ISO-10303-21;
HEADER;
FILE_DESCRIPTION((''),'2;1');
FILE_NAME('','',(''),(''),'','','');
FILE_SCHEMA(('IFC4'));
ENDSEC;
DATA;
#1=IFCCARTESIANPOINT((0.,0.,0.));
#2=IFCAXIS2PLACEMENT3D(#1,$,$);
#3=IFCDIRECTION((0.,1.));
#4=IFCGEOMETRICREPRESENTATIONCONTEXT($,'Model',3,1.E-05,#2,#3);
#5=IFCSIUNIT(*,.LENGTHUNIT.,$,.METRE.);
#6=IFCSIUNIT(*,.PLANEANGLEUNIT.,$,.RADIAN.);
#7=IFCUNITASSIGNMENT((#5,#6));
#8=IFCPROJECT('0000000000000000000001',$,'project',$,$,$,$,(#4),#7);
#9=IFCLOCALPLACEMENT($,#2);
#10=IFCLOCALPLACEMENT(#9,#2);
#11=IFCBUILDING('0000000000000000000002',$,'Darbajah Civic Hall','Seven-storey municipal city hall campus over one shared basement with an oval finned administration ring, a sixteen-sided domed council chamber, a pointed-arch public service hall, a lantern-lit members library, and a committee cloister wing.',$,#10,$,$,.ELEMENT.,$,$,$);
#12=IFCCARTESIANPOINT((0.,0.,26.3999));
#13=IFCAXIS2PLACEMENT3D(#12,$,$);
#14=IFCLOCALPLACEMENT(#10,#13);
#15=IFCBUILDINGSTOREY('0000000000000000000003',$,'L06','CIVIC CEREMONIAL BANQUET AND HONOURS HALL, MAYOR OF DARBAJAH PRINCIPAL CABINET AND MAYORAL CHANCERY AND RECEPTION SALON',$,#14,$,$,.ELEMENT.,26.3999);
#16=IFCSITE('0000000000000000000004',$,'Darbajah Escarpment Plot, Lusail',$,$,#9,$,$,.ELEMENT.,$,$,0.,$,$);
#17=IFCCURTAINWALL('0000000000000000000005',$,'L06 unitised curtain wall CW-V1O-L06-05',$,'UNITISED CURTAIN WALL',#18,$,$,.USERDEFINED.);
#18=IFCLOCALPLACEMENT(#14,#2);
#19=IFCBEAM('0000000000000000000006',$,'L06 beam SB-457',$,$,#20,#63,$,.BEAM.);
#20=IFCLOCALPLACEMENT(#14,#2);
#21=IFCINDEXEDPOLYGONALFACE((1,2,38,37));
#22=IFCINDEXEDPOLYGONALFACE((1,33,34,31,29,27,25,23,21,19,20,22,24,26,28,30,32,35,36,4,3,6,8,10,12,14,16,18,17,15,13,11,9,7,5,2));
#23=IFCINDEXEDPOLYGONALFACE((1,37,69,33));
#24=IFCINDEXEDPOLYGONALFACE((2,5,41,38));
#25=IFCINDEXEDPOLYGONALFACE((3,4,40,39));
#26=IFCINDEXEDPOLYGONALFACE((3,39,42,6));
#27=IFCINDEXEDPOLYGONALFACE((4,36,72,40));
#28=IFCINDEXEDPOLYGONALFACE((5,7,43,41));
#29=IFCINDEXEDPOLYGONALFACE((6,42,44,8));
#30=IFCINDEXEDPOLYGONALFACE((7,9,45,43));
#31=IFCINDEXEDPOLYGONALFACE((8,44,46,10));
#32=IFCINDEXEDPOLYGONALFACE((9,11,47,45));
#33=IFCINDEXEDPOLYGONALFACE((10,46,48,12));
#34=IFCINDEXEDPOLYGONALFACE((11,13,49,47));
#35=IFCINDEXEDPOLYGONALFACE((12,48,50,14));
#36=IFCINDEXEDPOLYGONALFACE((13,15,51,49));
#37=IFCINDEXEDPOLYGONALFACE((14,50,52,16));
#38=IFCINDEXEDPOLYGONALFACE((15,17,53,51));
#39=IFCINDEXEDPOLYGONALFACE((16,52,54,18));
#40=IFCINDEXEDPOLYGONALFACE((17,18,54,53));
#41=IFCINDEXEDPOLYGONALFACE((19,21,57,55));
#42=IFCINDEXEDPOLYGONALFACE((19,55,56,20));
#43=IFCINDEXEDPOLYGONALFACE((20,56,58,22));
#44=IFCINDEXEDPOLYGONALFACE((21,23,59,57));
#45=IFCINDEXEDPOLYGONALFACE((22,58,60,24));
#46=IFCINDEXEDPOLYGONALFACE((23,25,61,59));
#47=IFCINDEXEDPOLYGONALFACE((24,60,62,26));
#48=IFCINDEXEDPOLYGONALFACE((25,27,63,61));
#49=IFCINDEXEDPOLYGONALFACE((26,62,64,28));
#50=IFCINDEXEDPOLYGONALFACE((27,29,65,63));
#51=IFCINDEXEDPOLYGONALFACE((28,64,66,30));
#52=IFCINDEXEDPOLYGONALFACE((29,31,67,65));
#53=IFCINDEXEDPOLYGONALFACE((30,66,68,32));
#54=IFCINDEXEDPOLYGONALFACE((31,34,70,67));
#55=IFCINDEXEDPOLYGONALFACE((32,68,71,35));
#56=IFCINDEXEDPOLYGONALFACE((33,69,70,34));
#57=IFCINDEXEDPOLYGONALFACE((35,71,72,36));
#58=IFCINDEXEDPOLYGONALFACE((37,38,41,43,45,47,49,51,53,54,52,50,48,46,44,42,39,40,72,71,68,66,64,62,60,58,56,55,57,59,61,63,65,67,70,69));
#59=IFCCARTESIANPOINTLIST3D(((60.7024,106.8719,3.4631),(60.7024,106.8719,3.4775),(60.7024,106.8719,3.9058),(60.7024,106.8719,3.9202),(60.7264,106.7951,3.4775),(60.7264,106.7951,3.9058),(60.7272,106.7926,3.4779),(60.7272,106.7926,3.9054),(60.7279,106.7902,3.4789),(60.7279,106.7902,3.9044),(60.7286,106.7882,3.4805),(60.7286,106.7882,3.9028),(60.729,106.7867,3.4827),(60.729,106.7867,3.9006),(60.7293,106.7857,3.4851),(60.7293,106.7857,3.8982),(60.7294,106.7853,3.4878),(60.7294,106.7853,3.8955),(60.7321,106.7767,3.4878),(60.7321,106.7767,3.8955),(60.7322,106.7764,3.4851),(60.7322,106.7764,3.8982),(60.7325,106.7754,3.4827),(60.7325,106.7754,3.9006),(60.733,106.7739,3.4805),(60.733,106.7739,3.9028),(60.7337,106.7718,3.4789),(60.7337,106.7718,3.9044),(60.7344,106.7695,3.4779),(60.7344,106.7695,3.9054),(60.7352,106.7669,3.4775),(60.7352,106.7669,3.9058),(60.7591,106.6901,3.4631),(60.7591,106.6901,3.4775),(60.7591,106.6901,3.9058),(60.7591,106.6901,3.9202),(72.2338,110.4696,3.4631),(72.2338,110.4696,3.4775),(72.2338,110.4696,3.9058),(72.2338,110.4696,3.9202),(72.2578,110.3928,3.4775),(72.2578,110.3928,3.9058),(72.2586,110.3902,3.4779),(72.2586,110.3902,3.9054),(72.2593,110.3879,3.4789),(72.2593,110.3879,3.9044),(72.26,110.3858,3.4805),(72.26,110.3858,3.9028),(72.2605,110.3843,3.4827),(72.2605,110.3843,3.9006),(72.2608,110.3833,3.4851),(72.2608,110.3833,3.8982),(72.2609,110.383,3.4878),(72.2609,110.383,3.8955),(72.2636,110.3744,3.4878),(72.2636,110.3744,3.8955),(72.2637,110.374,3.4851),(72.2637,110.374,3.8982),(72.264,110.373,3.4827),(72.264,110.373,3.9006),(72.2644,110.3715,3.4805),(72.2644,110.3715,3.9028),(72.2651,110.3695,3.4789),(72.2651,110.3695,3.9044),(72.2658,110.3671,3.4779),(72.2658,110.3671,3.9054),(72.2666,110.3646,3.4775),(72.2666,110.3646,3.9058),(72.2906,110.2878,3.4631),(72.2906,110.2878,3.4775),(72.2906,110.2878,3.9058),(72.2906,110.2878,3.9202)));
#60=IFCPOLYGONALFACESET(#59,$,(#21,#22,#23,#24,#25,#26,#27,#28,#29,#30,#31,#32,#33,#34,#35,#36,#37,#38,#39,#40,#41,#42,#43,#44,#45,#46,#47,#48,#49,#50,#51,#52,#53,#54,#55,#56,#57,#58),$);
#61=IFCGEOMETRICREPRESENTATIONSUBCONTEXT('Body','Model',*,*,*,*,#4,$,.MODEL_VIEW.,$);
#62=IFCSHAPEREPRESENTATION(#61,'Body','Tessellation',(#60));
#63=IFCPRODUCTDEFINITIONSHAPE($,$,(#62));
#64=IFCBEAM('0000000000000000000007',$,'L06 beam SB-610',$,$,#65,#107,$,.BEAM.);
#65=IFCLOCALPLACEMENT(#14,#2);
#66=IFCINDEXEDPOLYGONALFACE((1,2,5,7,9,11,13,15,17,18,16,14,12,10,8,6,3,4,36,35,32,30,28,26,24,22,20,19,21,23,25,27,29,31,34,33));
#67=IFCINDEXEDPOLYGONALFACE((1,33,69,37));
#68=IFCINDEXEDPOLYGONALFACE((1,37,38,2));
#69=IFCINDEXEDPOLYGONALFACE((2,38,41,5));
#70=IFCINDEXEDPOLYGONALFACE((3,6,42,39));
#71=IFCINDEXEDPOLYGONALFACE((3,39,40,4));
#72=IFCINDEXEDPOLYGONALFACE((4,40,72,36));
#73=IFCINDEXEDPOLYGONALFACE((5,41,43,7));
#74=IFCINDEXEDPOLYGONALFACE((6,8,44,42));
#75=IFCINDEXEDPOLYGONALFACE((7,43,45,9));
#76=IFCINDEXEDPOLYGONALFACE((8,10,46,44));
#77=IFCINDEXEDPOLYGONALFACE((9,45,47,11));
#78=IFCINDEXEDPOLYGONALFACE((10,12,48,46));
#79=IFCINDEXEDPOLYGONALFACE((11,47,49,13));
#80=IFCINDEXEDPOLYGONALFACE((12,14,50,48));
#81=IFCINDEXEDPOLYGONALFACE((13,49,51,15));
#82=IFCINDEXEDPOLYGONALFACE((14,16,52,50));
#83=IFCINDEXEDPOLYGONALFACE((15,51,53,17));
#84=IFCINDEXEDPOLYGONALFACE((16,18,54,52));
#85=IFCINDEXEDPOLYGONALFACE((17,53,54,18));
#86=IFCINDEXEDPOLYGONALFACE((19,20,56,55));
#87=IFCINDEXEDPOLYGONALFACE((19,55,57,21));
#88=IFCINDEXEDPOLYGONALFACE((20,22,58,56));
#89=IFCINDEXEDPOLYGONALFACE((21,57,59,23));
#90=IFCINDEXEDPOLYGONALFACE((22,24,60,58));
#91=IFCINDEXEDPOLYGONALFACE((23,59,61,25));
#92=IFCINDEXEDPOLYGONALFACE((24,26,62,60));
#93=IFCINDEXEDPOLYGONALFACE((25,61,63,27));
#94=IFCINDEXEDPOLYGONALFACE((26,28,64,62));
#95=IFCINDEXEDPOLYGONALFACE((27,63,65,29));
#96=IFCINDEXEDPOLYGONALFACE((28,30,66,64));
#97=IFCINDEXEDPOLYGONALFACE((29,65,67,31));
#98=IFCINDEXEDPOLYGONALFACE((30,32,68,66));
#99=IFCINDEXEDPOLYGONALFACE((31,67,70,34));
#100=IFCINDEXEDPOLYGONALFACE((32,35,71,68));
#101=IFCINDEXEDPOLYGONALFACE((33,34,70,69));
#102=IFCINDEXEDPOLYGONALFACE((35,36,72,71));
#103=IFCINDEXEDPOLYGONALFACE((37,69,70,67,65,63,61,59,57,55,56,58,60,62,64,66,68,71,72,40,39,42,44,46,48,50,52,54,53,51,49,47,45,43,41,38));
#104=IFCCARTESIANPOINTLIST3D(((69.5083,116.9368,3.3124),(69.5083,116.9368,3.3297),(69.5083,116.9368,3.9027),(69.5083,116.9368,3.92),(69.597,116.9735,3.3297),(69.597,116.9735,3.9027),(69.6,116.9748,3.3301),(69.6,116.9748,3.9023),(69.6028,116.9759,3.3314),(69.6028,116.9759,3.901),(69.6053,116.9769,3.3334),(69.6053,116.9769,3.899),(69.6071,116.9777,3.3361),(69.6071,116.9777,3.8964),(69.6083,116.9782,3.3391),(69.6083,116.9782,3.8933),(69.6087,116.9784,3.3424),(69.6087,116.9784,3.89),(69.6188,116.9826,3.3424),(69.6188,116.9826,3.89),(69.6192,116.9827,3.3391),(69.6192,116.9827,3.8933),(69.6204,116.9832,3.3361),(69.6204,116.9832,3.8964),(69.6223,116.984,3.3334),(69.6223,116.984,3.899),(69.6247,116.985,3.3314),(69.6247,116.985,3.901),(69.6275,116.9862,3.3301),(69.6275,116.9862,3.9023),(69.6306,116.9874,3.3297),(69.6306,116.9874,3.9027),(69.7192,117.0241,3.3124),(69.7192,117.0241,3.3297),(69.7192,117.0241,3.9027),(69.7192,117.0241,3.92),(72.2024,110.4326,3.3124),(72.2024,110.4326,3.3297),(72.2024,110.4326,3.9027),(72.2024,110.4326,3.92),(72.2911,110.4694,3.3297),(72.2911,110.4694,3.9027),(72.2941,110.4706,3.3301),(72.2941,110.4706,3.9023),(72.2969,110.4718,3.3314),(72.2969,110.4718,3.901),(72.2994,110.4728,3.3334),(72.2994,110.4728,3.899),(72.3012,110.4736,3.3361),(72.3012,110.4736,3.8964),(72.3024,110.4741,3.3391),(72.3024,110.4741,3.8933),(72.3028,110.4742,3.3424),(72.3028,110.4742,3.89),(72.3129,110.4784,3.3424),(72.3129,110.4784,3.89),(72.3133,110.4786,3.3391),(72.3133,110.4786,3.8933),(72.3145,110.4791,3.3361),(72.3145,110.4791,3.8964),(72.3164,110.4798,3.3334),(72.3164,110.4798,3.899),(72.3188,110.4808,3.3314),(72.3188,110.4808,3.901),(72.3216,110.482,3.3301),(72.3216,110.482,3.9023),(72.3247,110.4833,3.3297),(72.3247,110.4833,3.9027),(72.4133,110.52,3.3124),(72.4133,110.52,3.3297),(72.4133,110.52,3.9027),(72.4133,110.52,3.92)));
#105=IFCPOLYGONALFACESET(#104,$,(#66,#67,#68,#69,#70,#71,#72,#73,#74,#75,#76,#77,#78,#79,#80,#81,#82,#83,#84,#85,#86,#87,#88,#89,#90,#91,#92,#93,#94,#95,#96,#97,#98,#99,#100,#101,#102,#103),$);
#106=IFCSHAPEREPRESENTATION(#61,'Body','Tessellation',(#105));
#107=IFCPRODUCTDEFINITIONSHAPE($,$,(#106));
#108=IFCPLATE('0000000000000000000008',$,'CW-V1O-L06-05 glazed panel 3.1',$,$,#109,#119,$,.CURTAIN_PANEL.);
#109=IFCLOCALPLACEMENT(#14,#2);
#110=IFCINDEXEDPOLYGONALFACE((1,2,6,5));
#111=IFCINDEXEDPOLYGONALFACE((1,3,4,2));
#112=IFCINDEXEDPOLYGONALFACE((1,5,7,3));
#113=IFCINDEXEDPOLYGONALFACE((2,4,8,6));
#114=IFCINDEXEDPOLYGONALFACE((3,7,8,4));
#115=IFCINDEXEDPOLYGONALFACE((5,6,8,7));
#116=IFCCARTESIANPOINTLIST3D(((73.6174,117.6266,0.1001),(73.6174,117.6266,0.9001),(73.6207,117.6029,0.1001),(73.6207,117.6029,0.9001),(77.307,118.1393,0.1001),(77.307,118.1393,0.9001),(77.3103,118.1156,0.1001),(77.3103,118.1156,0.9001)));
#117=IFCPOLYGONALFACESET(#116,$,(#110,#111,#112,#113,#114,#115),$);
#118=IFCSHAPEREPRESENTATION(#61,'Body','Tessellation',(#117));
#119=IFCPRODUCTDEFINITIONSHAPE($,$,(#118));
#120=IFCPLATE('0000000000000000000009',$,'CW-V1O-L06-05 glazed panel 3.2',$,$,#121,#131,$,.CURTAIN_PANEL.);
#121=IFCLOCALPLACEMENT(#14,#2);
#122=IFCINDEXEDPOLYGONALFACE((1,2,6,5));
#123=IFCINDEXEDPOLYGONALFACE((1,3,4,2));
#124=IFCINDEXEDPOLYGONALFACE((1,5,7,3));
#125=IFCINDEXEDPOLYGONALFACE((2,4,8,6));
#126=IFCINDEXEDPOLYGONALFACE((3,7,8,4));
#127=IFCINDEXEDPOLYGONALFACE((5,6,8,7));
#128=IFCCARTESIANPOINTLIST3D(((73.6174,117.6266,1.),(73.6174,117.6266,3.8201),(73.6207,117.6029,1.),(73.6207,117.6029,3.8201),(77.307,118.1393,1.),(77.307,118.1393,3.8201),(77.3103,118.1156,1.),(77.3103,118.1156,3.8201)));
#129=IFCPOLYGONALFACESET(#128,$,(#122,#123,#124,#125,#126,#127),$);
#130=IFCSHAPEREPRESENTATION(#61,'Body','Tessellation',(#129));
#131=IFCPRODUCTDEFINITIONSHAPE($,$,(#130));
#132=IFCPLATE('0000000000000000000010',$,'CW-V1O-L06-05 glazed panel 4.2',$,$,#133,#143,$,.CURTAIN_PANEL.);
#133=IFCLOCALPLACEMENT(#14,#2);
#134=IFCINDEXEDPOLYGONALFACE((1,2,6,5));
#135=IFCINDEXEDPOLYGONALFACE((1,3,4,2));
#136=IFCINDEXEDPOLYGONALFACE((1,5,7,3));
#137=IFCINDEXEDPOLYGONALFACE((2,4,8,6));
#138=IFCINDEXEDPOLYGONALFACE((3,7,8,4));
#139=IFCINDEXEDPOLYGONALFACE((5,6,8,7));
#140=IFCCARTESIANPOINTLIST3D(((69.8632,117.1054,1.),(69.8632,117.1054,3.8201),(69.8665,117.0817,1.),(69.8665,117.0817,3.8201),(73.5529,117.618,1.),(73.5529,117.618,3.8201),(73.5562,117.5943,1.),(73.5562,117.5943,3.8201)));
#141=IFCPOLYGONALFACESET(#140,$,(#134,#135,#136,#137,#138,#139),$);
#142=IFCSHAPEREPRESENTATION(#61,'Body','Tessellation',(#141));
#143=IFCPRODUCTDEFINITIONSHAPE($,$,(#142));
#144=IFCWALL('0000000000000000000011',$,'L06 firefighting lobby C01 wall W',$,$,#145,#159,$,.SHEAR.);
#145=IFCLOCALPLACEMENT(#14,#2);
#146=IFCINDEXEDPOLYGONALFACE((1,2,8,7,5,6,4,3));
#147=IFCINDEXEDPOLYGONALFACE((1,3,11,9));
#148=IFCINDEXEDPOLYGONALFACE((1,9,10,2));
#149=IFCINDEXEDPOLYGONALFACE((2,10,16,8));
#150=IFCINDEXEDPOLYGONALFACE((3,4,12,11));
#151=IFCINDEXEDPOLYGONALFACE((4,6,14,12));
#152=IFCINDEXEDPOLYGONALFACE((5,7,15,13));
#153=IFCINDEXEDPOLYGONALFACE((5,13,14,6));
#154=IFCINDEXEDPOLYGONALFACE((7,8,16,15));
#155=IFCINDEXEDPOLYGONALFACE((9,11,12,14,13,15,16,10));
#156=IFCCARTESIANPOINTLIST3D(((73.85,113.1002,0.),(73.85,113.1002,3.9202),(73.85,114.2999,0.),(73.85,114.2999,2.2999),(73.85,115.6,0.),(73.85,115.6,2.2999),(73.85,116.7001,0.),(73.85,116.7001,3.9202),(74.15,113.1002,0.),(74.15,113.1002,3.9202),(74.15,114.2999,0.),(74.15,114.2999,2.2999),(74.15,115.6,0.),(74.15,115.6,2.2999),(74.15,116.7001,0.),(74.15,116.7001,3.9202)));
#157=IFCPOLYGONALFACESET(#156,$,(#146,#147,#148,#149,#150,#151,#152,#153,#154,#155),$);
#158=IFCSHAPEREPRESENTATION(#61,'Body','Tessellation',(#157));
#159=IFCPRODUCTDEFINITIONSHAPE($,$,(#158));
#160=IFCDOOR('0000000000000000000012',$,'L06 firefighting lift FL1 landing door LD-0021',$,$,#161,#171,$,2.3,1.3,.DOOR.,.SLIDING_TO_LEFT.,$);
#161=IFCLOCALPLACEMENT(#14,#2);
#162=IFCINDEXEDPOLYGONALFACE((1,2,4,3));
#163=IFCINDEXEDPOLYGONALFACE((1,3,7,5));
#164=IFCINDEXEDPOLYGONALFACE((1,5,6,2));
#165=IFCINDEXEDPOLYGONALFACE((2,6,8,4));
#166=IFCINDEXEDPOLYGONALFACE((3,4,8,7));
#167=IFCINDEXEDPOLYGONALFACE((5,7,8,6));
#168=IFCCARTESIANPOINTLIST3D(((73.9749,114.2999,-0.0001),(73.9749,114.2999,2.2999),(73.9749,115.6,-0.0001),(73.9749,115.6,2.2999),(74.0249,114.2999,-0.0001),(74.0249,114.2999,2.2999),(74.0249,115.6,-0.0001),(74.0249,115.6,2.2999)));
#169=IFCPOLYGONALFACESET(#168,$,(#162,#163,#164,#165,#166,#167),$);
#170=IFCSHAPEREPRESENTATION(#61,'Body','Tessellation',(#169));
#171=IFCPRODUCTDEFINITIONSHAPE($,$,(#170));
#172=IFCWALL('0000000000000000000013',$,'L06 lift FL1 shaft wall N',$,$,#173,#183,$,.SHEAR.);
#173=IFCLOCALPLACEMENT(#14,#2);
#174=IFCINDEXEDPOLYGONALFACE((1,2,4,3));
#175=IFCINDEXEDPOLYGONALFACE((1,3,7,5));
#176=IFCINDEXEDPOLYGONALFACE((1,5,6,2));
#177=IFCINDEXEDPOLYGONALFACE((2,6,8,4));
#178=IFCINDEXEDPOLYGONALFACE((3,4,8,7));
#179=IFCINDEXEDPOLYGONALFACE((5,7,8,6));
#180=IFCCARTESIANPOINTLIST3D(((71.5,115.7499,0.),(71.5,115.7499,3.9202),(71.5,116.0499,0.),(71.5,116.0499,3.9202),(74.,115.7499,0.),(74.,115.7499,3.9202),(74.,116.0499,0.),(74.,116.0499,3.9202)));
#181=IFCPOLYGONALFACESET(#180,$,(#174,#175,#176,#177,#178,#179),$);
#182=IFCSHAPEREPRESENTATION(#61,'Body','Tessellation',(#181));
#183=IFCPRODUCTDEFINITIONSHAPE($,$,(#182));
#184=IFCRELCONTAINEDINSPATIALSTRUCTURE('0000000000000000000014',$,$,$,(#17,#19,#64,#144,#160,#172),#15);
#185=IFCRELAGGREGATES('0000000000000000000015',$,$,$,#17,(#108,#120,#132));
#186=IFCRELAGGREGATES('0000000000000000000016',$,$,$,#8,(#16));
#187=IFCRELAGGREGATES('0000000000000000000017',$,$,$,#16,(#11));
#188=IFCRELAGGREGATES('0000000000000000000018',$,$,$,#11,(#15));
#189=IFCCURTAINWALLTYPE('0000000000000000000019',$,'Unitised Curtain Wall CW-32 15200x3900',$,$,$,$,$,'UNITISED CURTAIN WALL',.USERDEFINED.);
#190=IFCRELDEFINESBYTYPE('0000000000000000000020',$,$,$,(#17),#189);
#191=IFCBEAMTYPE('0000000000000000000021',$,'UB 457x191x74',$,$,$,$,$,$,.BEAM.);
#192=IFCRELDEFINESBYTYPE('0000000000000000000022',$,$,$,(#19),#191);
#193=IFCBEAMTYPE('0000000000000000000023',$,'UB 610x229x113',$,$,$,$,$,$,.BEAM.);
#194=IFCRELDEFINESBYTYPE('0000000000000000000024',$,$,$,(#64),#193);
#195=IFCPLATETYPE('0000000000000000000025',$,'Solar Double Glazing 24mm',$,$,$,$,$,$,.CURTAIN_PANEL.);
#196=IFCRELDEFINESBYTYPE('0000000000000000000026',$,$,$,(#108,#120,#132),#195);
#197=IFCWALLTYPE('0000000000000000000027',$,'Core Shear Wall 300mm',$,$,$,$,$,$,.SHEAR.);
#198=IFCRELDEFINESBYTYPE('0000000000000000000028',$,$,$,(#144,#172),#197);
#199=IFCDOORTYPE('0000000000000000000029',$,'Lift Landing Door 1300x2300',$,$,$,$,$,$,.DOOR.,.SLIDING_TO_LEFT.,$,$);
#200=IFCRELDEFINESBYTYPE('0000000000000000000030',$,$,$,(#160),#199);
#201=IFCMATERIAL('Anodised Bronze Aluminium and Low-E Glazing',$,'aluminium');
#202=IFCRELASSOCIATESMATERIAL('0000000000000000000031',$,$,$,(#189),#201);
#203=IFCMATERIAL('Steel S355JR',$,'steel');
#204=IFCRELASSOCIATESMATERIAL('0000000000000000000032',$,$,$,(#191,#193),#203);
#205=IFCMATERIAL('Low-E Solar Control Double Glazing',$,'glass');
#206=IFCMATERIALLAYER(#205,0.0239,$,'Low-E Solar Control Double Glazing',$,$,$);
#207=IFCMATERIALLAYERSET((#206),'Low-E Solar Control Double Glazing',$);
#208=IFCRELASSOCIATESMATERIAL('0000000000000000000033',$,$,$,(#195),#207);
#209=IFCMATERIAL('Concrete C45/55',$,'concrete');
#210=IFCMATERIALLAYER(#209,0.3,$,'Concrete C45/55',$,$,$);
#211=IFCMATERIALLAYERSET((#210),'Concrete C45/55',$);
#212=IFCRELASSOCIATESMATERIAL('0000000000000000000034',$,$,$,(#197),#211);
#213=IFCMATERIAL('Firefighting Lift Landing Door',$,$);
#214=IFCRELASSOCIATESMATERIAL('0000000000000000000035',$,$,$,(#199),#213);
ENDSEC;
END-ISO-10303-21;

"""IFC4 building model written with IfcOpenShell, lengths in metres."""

from ifc_helpers import new_model, si_unit, direction, frame, frame_2d, origin, origin_2d, place, context, subcontext, project, spatial, rectangle, i_section, extrude, material, layer, layer_set, material_profile, profile_set, type_object, element, fill, aggregate, save


model = new_model("IFC4")

# Units and contexts
model_context = context("Model", 3, precision=1e-05, world=origin(), true_north=direction((0.0, 1.0)))
body_context = subcontext(model_context, "Body", "Model", "MODEL_VIEW")
ifc_project = project(units=[si_unit("LENGTHUNIT", "METRE"), si_unit("PLANEANGLEUNIT", "RADIAN")], contexts=[model_context])

# Site, building, storey
site_placement = place(None, origin())
site = spatial("IfcSite", under=ifc_project, at=site_placement, Name="Darbajah Escarpment Plot, Lusail", CompositionType="ELEMENT", RefElevation=0.0)
building_placement = place(site_placement, origin())
building = spatial("IfcBuilding", under=site, at=building_placement, Name="Darbajah Civic Hall", Description="Seven-storey municipal city hall campus over one shared basement with an oval finned administration ring, a sixteen-sided domed council chamber, a pointed-arch public service hall, a lantern-lit members library, and a committee cloister wing.", CompositionType="ELEMENT")
storey_placement = place(building_placement, frame((0.0, 0.0, 26.3999)))
storey = spatial("IfcBuildingStorey", under=building, at=storey_placement, Name="L06", Description="CIVIC CEREMONIAL BANQUET AND HONOURS HALL, MAYOR OF DARBAJAH PRINCIPAL CABINET AND MAYORAL CHANCERY AND RECEPTION SALON", CompositionType="ELEMENT", Elevation=26.3999)

# Shared definitions
ifc_material_1 = material(Name="Concrete C45/55", Category="concrete")

# Curtain wall
ifc_material_2 = material(Name="Anodised Bronze Aluminium and Low-E Glazing", Category="aluminium")
curtain_wall_type_1 = type_object("IfcCurtainWallType", Name="Unitised Curtain Wall CW-32 15200x3900", ElementType="UNITISED CURTAIN WALL", PredefinedType="USERDEFINED", material=ifc_material_2)
curtain_wall_1_placement = place(storey_placement, origin())
curtain_wall_1 = element("IfcCurtainWall", 1, at=curtain_wall_1_placement, inside=storey, type_object=curtain_wall_type_1, Name="L06 unitised curtain wall CW-V1O-L06-05", ObjectType="UNITISED CURTAIN WALL", PredefinedType="USERDEFINED")

# Beams
ifc_material_3 = material(Name="Steel S355JR", Category="steel")
ifc_material_profile_1 = material_profile(ifc_material_3, i_section(OverallWidth=0.1904, OverallDepth=0.457, WebThickness=0.009, FlangeThickness=0.0144, FilletRadius=0.0103, at=origin_2d()), Name="UB 457x191x74")
ifc_profile_set_1 = profile_set([ifc_material_profile_1], Name="Steel S355JR")
beam_type_1 = type_object("IfcBeamType", Name="UB 457x191x74", PredefinedType="BEAM", material=ifc_profile_set_1)
beam_1_placement = place(storey_placement, frame((72.2622, 110.3787, 3.6917), z_axis=(-0.95462, -0.297827, 0.0), x_axis=(0.297827, -0.95462, 0.0)))
element("IfcBeam", 2, at=beam_1_placement, inside=storey, type_object=beam_type_1, Name="L06 beam SB-457", PredefinedType="BEAM", context=body_context, shape_type="SweptSolid", body=[
    extrude(i_section(OverallWidth=0.1904, OverallDepth=0.457, WebThickness=0.009, FlangeThickness=0.0144, FilletRadius=0.0103, at=origin_2d()), origin(), (0.0, 0.0, 1.0), 12.0796),
])
ifc_material_profile_2 = material_profile(ifc_material_3, i_section(OverallWidth=0.2283, OverallDepth=0.6077, WebThickness=0.011, FlangeThickness=0.0173, FilletRadius=0.0127, at=origin_2d()), Name="UB 610x229x113")
ifc_profile_set_2 = profile_set([ifc_material_profile_2], Name="Steel S355JR")
beam_type_2 = type_object("IfcBeamType", Name="UB 610x229x113", PredefinedType="BEAM", material=ifc_profile_set_2)
beam_2_placement = place(storey_placement, frame((72.3079, 110.4763, 3.6162), z_axis=(-0.382682, 0.92388, 0.0), x_axis=(-0.92388, -0.382682, 0.0)))
element("IfcBeam", 3, at=beam_2_placement, inside=storey, type_object=beam_type_2, Name="L06 beam SB-610", PredefinedType="BEAM", context=body_context, shape_type="SweptSolid", body=[
    extrude(i_section(OverallWidth=0.2283, OverallDepth=0.6077, WebThickness=0.011, FlangeThickness=0.0173, FilletRadius=0.0127, at=origin_2d()), origin(), (0.0, 0.0, 1.0), 7.04),
])

# Plates
ifc_material_4 = material(Name="Low-E Solar Control Double Glazing", Category="glass")
ifc_layer_1 = layer(ifc_material_4, 0.0239, Name="Low-E Solar Control Double Glazing")
ifc_layer_set_1 = layer_set([ifc_layer_1], Name="Low-E Solar Control Double Glazing")
plate_type = type_object("IfcPlateType", Name="Solar Double Glazing 24mm", PredefinedType="CURTAIN_PANEL", material=ifc_layer_set_1)
plate_1_placement = place(storey_placement, frame((75.4639, 117.8711, 0.1001), z_axis=(0.0, 0.0, 1.0), x_axis=(-0.990485, -0.137617, 0.0)))
plate_1 = element("IfcPlate", 4, at=plate_1_placement, type_object=plate_type, Name="CW-V1O-L06-05 glazed panel 3.1", PredefinedType="CURTAIN_PANEL", context=body_context, shape_type="SweptSolid", body=[
    extrude(rectangle(XDim=3.7251, YDim=0.0239, at=origin_2d()), origin(), (0.0, 0.0, 1.0), 0.8),
])
plate_2_placement = place(storey_placement, frame((75.4639, 117.8711, 1.0), z_axis=(0.0, 0.0, 1.0), x_axis=(-0.990485, -0.137617, 0.0)))
plate_2 = element("IfcPlate", 5, at=plate_2_placement, type_object=plate_type, Name="CW-V1O-L06-05 glazed panel 3.2", PredefinedType="CURTAIN_PANEL", context=body_context, shape_type="SweptSolid", body=[
    extrude(rectangle(XDim=3.7251, YDim=0.0239, at=origin_2d()), origin(), (0.0, 0.0, 1.0), 2.8201),
])
plate_3_placement = place(storey_placement, frame((71.7097, 117.3499, 1.0), z_axis=(0.0, 0.0, 1.0), x_axis=(-0.990485, -0.137617, 0.0)))
plate_3 = element("IfcPlate", 6, at=plate_3_placement, type_object=plate_type, Name="CW-V1O-L06-05 glazed panel 4.2", PredefinedType="CURTAIN_PANEL", context=body_context, shape_type="SweptSolid", body=[
    extrude(rectangle(XDim=3.7251, YDim=0.0239, at=origin_2d()), origin(), (0.0, 0.0, 1.0), 2.8201),
])
aggregate(curtain_wall_1, [plate_1, plate_2, plate_3])

# Wall, opening, door
ifc_layer_2 = layer(ifc_material_1, 0.3, Name="Concrete C45/55")
ifc_layer_set_2 = layer_set([ifc_layer_2], Name="Concrete C45/55")
wall_type_1 = type_object("IfcWallType", Name="Core Shear Wall 300mm", PredefinedType="SHEAR", material=ifc_layer_set_2)
wall_1_placement = place(storey_placement, frame((74.0, 116.7, 0.0), z_axis=(0.0, 0.0, 1.0), x_axis=(0.0, -1.0, 0.0)))
wall_1 = element("IfcWall", 7, at=wall_1_placement, inside=storey, type_object=wall_type_1, Name="L06 firefighting lobby C01 wall W", PredefinedType="SHEAR", context=body_context, shape_type="SweptSolid", body=[
    extrude(rectangle(XDim=3.5999, YDim=0.3, at=frame_2d((1.7998, 0.0))), origin(), (0.0, 0.0, 1.0), 3.9202),
])
opening_1_placement = place(wall_1_placement, frame((1.1001, 0.0, 0.0)))
opening_1 = element("IfcOpeningElement", 8, at=opening_1_placement, cuts=wall_1, PredefinedType="OPENING", context=body_context, shape_type="SweptSolid", body=[
    extrude(rectangle(XDim=1.3, YDim=2.3, at=frame_2d((0.6499, 1.1499))), frame((0.0, 0.1599, 0.0), z_axis=(0.0, -1.0, 0.0), x_axis=(1.0, 0.0, 0.0)), (0.0, 0.0, 1.0), 0.3201),
])
ifc_material_5 = material(Name="Firefighting Lift Landing Door")
door_type_1 = type_object("IfcDoorType", Name="Lift Landing Door 1300x2300", OperationType="SLIDING_TO_LEFT", PredefinedType="DOOR", material=ifc_material_5)
door_1_placement = place(opening_1_placement, origin())
door_1 = element("IfcDoor", 9, at=door_1_placement, inside=storey, type_object=door_type_1, Name="L06 firefighting lift FL1 landing door LD-0021", OperationType="SLIDING_TO_LEFT", OverallHeight=2.3, OverallWidth=1.3, PredefinedType="DOOR", context=body_context, shape_type="SweptSolid", body=[
    extrude(rectangle(XDim=1.3, YDim=2.3, at=frame_2d((0.6499, 1.1499))), frame((0.0, 0.0249, 0.0), z_axis=(0.0, -1.0, 0.0), x_axis=(1.0, 0.0, 0.0)), (0.0, 0.0, 1.0), 0.05),
])
fill(opening_1, door_1)

# Wall
wall_2_placement = place(storey_placement, frame((74.0, 115.8999, 0.0), z_axis=(0.0, 0.0, 1.0), x_axis=(-1.0, 0.0, 0.0)))
element("IfcWall", 10, at=wall_2_placement, inside=storey, type_object=wall_type_1, Name="L06 lift FL1 shaft wall N", PredefinedType="SHEAR", context=body_context, shape_type="SweptSolid", body=[
    extrude(rectangle(XDim=2.5, YDim=0.3, at=frame_2d((1.25, 0.0))), origin(), (0.0, 0.0, 1.0), 3.9202),
])

save(model, "model.ifc")
